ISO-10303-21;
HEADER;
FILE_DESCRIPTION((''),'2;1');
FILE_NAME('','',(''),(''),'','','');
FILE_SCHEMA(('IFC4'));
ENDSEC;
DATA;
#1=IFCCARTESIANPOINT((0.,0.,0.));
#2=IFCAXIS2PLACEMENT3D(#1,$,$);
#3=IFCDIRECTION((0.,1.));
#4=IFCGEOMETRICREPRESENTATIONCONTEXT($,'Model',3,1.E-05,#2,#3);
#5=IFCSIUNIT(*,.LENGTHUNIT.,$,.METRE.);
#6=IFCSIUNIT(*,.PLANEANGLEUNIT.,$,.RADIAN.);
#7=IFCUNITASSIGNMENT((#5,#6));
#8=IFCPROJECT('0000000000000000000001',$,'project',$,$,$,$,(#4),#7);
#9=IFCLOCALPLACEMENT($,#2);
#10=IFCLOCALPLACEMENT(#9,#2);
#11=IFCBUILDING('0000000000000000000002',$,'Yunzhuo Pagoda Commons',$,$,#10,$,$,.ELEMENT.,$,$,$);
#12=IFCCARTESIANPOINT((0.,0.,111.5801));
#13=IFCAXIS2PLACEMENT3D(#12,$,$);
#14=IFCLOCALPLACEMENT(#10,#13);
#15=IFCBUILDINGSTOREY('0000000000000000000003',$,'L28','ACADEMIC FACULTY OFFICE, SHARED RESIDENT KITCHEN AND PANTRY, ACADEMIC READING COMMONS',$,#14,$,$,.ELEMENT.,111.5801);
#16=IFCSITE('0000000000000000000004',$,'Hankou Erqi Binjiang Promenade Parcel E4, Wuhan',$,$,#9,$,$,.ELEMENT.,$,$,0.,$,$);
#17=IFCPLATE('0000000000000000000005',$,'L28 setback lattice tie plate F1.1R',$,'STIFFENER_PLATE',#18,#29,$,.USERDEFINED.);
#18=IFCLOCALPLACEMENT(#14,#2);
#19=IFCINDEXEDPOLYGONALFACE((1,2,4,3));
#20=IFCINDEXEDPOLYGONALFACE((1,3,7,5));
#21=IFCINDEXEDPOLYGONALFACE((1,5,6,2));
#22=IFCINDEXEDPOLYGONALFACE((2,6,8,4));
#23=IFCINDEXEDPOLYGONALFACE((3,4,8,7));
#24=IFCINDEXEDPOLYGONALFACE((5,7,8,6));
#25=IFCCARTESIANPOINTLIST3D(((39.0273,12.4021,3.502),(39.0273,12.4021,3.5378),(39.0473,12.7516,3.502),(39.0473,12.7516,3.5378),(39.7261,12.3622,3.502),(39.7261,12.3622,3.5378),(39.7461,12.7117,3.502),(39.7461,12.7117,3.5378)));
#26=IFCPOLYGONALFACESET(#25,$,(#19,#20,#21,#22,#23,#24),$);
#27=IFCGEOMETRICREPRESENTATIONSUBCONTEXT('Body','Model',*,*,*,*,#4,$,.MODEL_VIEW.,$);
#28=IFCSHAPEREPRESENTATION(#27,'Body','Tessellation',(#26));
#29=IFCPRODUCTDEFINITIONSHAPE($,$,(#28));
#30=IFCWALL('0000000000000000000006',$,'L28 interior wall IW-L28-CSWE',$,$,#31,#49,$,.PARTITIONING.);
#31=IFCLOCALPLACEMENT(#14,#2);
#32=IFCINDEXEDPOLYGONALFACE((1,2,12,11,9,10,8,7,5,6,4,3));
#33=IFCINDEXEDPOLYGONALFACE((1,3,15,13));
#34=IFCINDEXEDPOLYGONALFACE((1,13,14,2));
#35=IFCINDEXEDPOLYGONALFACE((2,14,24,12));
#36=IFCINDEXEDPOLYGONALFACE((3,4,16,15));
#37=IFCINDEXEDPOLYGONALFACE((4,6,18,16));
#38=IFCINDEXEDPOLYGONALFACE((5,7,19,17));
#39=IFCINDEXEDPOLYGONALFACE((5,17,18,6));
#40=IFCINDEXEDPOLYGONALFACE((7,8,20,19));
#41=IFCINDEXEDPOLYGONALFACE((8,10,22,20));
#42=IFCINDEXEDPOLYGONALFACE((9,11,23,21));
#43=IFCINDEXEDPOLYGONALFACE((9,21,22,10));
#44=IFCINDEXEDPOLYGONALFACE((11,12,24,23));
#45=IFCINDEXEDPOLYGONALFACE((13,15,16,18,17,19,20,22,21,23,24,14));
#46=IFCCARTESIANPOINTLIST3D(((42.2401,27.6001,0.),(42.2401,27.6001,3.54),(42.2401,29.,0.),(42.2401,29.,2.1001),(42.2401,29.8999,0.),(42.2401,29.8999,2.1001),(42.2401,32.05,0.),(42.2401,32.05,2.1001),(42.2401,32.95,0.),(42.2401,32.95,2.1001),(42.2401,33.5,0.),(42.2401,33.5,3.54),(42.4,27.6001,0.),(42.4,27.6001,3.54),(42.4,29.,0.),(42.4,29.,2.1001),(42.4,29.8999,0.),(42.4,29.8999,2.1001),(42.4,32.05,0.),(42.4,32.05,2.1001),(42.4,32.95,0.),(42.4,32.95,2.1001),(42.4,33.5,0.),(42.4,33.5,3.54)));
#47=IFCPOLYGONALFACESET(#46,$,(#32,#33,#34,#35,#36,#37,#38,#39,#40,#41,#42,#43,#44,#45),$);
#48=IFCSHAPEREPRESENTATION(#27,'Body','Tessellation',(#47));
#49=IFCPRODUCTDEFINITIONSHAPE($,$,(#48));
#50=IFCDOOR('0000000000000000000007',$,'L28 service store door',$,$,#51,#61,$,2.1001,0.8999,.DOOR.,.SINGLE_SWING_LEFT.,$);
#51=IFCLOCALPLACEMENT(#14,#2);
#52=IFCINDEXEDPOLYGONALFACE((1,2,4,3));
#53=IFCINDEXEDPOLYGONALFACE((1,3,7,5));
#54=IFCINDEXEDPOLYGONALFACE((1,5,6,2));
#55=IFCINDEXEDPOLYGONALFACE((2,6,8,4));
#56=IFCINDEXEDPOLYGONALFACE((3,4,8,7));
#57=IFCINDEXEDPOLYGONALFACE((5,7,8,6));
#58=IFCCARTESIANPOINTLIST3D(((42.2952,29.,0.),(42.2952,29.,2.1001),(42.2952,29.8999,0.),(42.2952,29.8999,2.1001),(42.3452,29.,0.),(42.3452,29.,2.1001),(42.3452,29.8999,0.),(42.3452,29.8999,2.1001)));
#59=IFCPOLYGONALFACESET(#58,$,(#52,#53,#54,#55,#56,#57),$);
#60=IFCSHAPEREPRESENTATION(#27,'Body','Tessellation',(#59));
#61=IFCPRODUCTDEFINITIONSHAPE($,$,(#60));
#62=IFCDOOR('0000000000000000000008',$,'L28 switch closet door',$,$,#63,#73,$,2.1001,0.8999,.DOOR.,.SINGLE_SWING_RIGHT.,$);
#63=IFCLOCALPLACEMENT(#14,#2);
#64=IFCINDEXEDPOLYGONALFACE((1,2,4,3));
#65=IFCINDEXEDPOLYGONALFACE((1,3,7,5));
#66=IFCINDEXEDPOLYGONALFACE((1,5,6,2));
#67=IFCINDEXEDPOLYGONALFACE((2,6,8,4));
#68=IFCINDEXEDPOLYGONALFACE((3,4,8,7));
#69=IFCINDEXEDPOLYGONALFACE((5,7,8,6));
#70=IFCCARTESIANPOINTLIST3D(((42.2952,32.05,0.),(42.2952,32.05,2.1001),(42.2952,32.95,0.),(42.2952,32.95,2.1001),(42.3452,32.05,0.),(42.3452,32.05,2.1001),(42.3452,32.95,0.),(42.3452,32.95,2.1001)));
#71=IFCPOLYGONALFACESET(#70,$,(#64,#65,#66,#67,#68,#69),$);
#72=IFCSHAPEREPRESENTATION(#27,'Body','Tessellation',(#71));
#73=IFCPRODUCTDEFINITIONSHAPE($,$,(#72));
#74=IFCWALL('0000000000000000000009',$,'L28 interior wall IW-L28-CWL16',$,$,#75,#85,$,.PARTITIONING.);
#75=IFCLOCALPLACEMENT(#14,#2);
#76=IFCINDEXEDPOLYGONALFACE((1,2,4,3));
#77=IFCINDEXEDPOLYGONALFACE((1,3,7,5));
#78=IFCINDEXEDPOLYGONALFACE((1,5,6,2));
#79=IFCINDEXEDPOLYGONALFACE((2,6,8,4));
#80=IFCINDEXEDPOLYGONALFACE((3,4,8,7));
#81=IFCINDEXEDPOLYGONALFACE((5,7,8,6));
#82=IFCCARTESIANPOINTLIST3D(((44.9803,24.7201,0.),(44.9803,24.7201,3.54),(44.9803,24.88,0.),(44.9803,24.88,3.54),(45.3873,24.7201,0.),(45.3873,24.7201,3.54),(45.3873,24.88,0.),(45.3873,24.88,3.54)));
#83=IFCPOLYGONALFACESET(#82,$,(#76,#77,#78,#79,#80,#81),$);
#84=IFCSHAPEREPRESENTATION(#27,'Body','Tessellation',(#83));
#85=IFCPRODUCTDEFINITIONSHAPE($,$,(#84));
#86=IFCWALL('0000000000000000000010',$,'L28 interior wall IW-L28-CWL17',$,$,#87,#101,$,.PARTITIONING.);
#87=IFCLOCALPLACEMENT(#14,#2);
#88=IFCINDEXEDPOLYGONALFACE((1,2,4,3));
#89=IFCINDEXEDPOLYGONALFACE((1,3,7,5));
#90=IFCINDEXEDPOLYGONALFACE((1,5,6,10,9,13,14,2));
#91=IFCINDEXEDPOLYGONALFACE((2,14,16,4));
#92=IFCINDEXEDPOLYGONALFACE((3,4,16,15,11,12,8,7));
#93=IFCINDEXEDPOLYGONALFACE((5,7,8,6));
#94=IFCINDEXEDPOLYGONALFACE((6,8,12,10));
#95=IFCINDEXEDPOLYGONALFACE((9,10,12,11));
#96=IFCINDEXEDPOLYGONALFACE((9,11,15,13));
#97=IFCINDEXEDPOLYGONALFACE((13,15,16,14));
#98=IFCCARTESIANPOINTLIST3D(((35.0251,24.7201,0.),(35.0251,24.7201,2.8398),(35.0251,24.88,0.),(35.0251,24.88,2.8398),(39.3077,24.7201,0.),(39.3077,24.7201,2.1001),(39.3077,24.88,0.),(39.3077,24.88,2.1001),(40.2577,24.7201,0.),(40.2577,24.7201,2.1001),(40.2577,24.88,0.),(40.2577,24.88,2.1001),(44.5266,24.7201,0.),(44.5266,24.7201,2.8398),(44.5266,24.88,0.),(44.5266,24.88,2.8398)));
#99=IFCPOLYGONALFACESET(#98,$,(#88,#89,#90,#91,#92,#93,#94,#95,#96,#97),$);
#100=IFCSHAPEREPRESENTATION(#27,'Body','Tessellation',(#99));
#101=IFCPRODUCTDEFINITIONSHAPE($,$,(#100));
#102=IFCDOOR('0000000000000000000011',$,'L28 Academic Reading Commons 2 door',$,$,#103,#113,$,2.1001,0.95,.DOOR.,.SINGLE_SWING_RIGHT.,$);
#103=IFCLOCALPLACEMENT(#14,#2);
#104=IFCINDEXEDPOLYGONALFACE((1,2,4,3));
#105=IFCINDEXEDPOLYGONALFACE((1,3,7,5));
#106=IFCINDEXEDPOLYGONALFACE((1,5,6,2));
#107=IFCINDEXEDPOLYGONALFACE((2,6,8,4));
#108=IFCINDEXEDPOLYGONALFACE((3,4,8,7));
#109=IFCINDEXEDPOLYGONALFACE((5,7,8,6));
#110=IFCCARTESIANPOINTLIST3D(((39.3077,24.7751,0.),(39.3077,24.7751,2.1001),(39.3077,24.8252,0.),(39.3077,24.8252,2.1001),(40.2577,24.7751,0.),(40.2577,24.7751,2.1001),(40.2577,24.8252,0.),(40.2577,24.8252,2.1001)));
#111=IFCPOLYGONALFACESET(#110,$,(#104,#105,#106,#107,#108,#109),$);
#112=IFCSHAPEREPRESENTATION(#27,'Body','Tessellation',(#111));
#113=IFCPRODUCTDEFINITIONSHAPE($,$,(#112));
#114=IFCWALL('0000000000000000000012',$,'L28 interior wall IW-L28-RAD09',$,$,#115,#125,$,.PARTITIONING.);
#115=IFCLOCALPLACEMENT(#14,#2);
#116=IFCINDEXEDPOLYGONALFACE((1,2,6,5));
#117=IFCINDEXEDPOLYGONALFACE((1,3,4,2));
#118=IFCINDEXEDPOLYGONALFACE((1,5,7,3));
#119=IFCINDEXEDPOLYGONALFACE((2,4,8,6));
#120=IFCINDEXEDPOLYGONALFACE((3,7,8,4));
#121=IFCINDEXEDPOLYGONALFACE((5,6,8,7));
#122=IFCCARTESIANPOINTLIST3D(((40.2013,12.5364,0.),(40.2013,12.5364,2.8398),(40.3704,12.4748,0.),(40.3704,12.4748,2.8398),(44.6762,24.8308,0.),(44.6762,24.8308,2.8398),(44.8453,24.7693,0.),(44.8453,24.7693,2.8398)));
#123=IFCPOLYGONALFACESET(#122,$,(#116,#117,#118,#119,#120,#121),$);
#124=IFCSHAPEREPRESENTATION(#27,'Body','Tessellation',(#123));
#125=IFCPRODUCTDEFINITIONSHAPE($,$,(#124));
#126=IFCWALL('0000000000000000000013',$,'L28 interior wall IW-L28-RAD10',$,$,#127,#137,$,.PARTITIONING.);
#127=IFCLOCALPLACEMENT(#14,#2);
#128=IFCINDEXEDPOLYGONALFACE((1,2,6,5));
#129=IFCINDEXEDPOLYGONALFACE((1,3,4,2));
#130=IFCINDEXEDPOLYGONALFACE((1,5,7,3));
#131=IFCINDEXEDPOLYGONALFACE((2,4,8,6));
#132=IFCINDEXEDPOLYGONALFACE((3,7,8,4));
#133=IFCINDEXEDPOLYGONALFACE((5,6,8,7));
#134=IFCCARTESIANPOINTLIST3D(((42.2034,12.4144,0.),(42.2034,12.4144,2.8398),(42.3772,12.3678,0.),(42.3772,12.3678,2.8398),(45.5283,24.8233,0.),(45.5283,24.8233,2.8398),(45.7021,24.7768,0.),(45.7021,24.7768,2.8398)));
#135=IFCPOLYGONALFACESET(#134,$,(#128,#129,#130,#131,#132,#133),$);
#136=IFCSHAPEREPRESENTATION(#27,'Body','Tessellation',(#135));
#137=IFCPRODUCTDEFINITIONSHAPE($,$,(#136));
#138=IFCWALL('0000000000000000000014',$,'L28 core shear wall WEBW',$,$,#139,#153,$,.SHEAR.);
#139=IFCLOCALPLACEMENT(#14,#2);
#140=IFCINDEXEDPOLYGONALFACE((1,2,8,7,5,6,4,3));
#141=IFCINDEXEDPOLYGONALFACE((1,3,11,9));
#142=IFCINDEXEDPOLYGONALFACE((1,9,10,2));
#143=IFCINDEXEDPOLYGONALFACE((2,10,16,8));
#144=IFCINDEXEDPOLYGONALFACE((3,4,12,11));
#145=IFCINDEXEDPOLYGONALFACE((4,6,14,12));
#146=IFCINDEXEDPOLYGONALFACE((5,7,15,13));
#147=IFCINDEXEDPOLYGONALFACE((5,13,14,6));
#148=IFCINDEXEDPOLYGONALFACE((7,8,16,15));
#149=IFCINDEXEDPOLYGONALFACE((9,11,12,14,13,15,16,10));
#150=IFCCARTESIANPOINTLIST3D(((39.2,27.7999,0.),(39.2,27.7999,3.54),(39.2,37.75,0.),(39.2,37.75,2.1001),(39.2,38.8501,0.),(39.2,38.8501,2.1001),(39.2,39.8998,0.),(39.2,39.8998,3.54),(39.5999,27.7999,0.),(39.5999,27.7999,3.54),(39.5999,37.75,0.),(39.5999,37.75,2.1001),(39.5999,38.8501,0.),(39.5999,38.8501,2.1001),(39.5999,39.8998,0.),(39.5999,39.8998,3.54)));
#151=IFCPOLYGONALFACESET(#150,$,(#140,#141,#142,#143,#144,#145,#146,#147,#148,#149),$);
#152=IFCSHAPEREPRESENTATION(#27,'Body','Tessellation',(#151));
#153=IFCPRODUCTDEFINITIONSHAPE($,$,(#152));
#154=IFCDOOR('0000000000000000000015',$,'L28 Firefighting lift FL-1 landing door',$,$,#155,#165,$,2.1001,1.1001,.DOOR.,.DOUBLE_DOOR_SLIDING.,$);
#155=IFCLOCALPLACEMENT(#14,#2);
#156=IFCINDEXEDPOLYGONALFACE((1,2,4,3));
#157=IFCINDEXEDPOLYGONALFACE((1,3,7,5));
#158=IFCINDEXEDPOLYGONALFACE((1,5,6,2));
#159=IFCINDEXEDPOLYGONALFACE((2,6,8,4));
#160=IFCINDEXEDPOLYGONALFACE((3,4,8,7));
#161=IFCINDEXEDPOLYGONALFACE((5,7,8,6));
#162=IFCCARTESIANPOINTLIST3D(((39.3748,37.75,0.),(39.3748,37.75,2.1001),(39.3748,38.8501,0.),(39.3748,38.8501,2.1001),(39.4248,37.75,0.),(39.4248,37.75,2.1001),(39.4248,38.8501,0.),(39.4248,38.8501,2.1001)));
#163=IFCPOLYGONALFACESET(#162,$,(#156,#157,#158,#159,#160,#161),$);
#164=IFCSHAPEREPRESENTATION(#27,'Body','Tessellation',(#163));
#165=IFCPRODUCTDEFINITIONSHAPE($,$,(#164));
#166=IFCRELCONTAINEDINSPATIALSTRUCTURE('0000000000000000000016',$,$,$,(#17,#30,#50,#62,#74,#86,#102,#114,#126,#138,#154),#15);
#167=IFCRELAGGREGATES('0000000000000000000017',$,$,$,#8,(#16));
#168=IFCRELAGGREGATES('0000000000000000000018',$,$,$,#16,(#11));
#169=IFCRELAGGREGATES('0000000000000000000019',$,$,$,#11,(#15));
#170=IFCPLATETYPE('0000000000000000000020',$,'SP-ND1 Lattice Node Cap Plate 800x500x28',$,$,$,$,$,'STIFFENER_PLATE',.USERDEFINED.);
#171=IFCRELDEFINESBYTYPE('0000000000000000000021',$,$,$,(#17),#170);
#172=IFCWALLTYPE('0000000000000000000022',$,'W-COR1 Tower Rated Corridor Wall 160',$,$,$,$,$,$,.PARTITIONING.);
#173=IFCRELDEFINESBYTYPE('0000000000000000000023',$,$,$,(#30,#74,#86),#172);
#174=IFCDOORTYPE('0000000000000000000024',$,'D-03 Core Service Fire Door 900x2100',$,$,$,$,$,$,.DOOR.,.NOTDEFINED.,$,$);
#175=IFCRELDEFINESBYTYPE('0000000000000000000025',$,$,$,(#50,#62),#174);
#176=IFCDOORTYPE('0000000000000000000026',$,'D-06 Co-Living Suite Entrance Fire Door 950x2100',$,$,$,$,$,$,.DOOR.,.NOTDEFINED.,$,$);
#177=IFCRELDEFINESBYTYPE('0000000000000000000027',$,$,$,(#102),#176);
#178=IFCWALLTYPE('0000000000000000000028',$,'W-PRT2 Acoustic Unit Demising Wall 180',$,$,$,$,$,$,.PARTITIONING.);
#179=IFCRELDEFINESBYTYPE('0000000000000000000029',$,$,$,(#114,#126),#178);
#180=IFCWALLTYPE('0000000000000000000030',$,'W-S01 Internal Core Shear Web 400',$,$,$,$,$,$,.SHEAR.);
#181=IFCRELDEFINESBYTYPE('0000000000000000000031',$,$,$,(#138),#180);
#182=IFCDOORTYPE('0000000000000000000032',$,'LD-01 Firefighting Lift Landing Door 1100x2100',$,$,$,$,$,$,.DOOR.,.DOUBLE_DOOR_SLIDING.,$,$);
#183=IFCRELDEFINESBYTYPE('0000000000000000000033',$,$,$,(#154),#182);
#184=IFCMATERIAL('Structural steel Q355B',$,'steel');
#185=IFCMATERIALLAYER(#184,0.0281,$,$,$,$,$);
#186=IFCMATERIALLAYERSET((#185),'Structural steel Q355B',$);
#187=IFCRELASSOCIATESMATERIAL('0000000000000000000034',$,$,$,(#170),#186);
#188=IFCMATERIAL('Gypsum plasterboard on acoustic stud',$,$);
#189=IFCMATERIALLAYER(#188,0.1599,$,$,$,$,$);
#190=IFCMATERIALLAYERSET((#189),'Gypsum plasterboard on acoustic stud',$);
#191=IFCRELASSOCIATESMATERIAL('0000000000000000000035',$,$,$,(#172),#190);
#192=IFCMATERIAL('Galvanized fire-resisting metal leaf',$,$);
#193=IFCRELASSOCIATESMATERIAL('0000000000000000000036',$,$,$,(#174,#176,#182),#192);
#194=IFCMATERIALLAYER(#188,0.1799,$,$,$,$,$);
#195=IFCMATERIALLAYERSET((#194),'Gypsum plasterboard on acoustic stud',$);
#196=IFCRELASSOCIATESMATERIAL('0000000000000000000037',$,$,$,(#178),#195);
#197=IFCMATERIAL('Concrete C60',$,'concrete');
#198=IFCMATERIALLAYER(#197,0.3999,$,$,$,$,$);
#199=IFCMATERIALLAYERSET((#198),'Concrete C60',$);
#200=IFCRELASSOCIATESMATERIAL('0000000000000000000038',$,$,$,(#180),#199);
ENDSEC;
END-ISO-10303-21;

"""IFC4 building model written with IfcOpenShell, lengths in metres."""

from ifc_helpers import new_model, si_unit, direction, frame, frame_2d, origin, origin_with_axes, origin_2d, place, context, subcontext, project, spatial, rectangle, extrude, source, transform, mapped, material, layer, layer_set, type_object, element, fill, save


model = new_model("IFC4")

# Units and contexts
model_context = context("Model", 3, precision=1e-05, world=origin(), true_north=direction((0.0, 1.0)))
body_context = subcontext(model_context, "Body", "Model", "MODEL_VIEW")
ifc_project = project(units=[si_unit("LENGTHUNIT", "METRE"), si_unit("PLANEANGLEUNIT", "RADIAN")], contexts=[model_context])

# Site, building, storey
site_placement = place(None, origin())
site = spatial("IfcSite", under=ifc_project, at=site_placement, Name="Hankou Erqi Binjiang Promenade Parcel E4, Wuhan", CompositionType="ELEMENT", RefElevation=0.0)
building_placement = place(site_placement, origin())
building = spatial("IfcBuilding", under=site, at=building_placement, Name="Yunzhuo Pagoda Commons", CompositionType="ELEMENT")
storey_placement = place(building_placement, frame((0.0, 0.0, 111.5801)))
storey = spatial("IfcBuildingStorey", under=building, at=storey_placement, Name="L28", Description="ACADEMIC FACULTY OFFICE, SHARED RESIDENT KITCHEN AND PANTRY, ACADEMIC READING COMMONS", CompositionType="ELEMENT", Elevation=111.5801)

# Shared definitions
ifc_material_1 = material(Name="Structural steel Q355B", Category="steel")

# Plate
ifc_layer_1 = layer(ifc_material_1, 0.0281)
ifc_layer_set_1 = layer_set([ifc_layer_1], Name="Structural steel Q355B")
plate_type_1 = type_object("IfcPlateType", Name="SP-ND1 Lattice Node Cap Plate 800x500x28", ElementType="STIFFENER_PLATE", PredefinedType="USERDEFINED", material=ifc_layer_set_1)
shared_shape_1 = source(origin(), body_context, "Body", "SweptSolid", [
    extrude(rectangle(XDim=0.7, YDim=0.3501, at=origin_2d()), origin(), (0.0, 0.0, 1.0), 0.0359),
])
plate_1_placement = place(storey_placement, frame((39.3867, 12.5569, 3.502), z_axis=(0.0, 0.0, 1.0), x_axis=(0.998373, -0.057024, 0.0)))
element("IfcPlate", 1, at=plate_1_placement, inside=storey, type_object=plate_type_1, Name="L28 setback lattice tie plate F1.1R", ObjectType="STIFFENER_PLATE", PredefinedType="USERDEFINED", context=body_context, shape_type="MappedRepresentation", body=[
    mapped(shared_shape_1, transform((0.0, 0.0, 0.0), scale=1.0)),
])

# Wall, openings, doors
ifc_material_2 = material(Name="Gypsum plasterboard on acoustic stud")
ifc_layer_2 = layer(ifc_material_2, 0.1599)
ifc_layer_set_2 = layer_set([ifc_layer_2], Name="Gypsum plasterboard on acoustic stud")
wall_type_1 = type_object("IfcWallType", Name="W-COR1 Tower Rated Corridor Wall 160", PredefinedType="PARTITIONING", material=ifc_layer_set_2)
wall_1_placement = place(storey_placement, frame((42.3201, 27.6001, 0.0), z_axis=(0.0, 0.0, 1.0), x_axis=(0.0, 1.0, 0.0)))
wall_1 = element("IfcWall", 2, at=wall_1_placement, inside=storey, type_object=wall_type_1, Name="L28 interior wall IW-L28-CSWE", PredefinedType="PARTITIONING", context=body_context, shape_type="SweptSolid", body=[
    extrude(rectangle(XDim=5.8999, YDim=0.1599, at=frame_2d((2.95, 0.0))), origin(), (0.0, 0.0, 1.0), 3.54),
])
opening_1_placement = place(wall_1_placement, frame((1.3999, 0.0, 0.0)))
opening_1 = element("IfcOpeningElement", 3, at=opening_1_placement, cuts=wall_1, PredefinedType="OPENING", context=body_context, shape_type="SweptSolid", body=[
    extrude(rectangle(XDim=0.8999, YDim=2.1001, at=frame_2d((0.45, 1.05))), frame((0.0, 0.0898, 0.0), z_axis=(0.0, -1.0, 0.0), x_axis=(1.0, 0.0, 0.0)), (0.0, 0.0, 1.0), 0.1799),
])
opening_2_placement = place(wall_1_placement, frame((4.45, 0.0, 0.0)))
opening_2 = element("IfcOpeningElement", 4, at=opening_2_placement, cuts=wall_1, PredefinedType="OPENING", context=body_context, shape_type="SweptSolid", body=[
    extrude(rectangle(XDim=0.8999, YDim=2.1001, at=frame_2d((0.45, 1.05))), frame((0.0, 0.0898, 0.0), z_axis=(0.0, -1.0, 0.0), x_axis=(1.0, 0.0, 0.0)), (0.0, 0.0, 1.0), 0.1799),
])
ifc_material_3 = material(Name="Galvanized fire-resisting metal leaf")
door_type_1 = type_object("IfcDoorType", Name="D-03 Core Service Fire Door 900x2100", OperationType="NOTDEFINED", PredefinedType="DOOR", material=ifc_material_3)
shared_shape_2 = source(origin(), body_context, "Body", "SweptSolid", [
    extrude(rectangle(XDim=0.8999, YDim=2.1001, at=frame_2d((0.45, 1.05))), frame((0.0, 0.0249, 0.0), z_axis=(0.0, -1.0, 0.0), x_axis=(1.0, 0.0, 0.0)), (0.0, 0.0, 1.0), 0.05),
])
door_1_placement = place(opening_1_placement, origin_with_axes())
door_1 = element("IfcDoor", 5, at=door_1_placement, inside=storey, type_object=door_type_1, Name="L28 service store door", OperationType="SINGLE_SWING_LEFT", OverallHeight=2.1001, OverallWidth=0.8999, PredefinedType="DOOR", context=body_context, shape_type="MappedRepresentation", body=[
    mapped(shared_shape_2, transform((0.0, 0.0, 0.0), scale=1.0)),
])
fill(opening_1, door_1)
door_2_placement = place(opening_2_placement, origin_with_axes())
door_2 = element("IfcDoor", 6, at=door_2_placement, inside=storey, type_object=door_type_1, Name="L28 switch closet door", OperationType="SINGLE_SWING_RIGHT", OverallHeight=2.1001, OverallWidth=0.8999, PredefinedType="DOOR", context=body_context, shape_type="MappedRepresentation", body=[
    mapped(shared_shape_2, transform((0.0, 0.0, 0.0), scale=1.0)),
])
fill(opening_2, door_2)

# Wall
wall_2_placement = place(storey_placement, frame((45.3875, 24.8, 0.0), z_axis=(0.0, 0.0, 1.0), x_axis=(-1.0, 0.0, 0.0)))
element("IfcWall", 7, at=wall_2_placement, inside=storey, type_object=wall_type_1, Name="L28 interior wall IW-L28-CWL16", PredefinedType="PARTITIONING", context=body_context, shape_type="SweptSolid", body=[
    extrude(rectangle(XDim=0.407, YDim=0.1599, at=frame_2d((0.2036, 0.0))), origin(), (0.0, 0.0, 1.0), 3.54),
])

# Wall, opening, door
wall_3_placement = place(storey_placement, frame((44.5266, 24.8, 0.0), z_axis=(0.0, 0.0, 1.0), x_axis=(-1.0, 0.0, 0.0)))
wall_3 = element("IfcWall", 8, at=wall_3_placement, inside=storey, type_object=wall_type_1, Name="L28 interior wall IW-L28-CWL17", PredefinedType="PARTITIONING", context=body_context, shape_type="SweptSolid", body=[
    extrude(rectangle(XDim=9.5015, YDim=0.1599, at=frame_2d((4.7507, 0.0))), origin(), (0.0, 0.0, 1.0), 2.8398),
])
opening_3_placement = place(wall_3_placement, frame((4.2688, 0.0, 0.0)))
opening_3 = element("IfcOpeningElement", 9, at=opening_3_placement, cuts=wall_3, PredefinedType="OPENING", context=body_context, shape_type="SweptSolid", body=[
    extrude(rectangle(XDim=0.95, YDim=2.1001, at=frame_2d((0.4751, 1.05))), frame((0.0, 0.0898, 0.0), z_axis=(0.0, -1.0, 0.0), x_axis=(1.0, 0.0, 0.0)), (0.0, 0.0, 1.0), 0.1799),
])
door_type_2 = type_object("IfcDoorType", Name="D-06 Co-Living Suite Entrance Fire Door 950x2100", OperationType="NOTDEFINED", PredefinedType="DOOR", material=ifc_material_3)
shared_shape_3 = source(origin(), body_context, "Body", "SweptSolid", [
    extrude(rectangle(XDim=0.95, YDim=2.1001, at=frame_2d((0.4751, 1.05))), frame((0.0, 0.0249, 0.0), z_axis=(0.0, -1.0, 0.0), x_axis=(1.0, 0.0, 0.0)), (0.0, 0.0, 1.0), 0.05),
])
door_3_placement = place(opening_3_placement, origin_with_axes())
door_3 = element("IfcDoor", 10, at=door_3_placement, inside=storey, type_object=door_type_2, Name="L28 Academic Reading Commons 2 door", OperationType="SINGLE_SWING_RIGHT", OverallHeight=2.1001, OverallWidth=0.95, PredefinedType="DOOR", context=body_context, shape_type="MappedRepresentation", body=[
    mapped(shared_shape_3, transform((0.0, 0.0, 0.0), scale=1.0)),
])
fill(opening_3, door_3)

# Walls
ifc_layer_3 = layer(ifc_material_2, 0.1799)
ifc_layer_set_3 = layer_set([ifc_layer_3], Name="Gypsum plasterboard on acoustic stud")
wall_type_2 = type_object("IfcWallType", Name="W-PRT2 Acoustic Unit Demising Wall 180", PredefinedType="PARTITIONING", material=ifc_layer_set_3)
wall_4_placement = place(storey_placement, frame((44.7607, 24.8, 0.0), z_axis=(0.0, 0.0, 1.0), x_axis=(-0.342023, -0.939691, 0.0)))
element("IfcWall", 11, at=wall_4_placement, inside=storey, type_object=wall_type_2, Name="L28 interior wall IW-L28-RAD09", PredefinedType="PARTITIONING", context=body_context, shape_type="SweptSolid", body=[
    extrude(rectangle(XDim=13.0835, YDim=0.1799, at=frame_2d((6.5417, 0.0))), origin(), (0.0, 0.0, 1.0), 2.8398),
])
wall_5_placement = place(storey_placement, frame((45.6152, 24.8, 0.0), z_axis=(0.0, 0.0, 1.0), x_axis=(-0.258818, -0.965926, 0.0)))
element("IfcWall", 12, at=wall_5_placement, inside=storey, type_object=wall_type_2, Name="L28 interior wall IW-L28-RAD10", PredefinedType="PARTITIONING", context=body_context, shape_type="SweptSolid", body=[
    extrude(rectangle(XDim=12.8467, YDim=0.1799, at=frame_2d((6.4233, 0.0))), origin(), (0.0, 0.0, 1.0), 2.8398),
])

# Wall, opening, door
ifc_material_4 = material(Name="Concrete C60", Category="concrete")
ifc_layer_4 = layer(ifc_material_4, 0.3999)
ifc_layer_set_4 = layer_set([ifc_layer_4], Name="Concrete C60")
wall_type_3 = type_object("IfcWallType", Name="W-S01 Internal Core Shear Web 400", PredefinedType="SHEAR", material=ifc_layer_set_4)
wall_6_placement = place(storey_placement, frame((39.3999, 27.8, 0.0), z_axis=(0.0, 0.0, 1.0), x_axis=(0.0, 1.0, 0.0)))
wall_6 = element("IfcWall", 13, at=wall_6_placement, inside=storey, type_object=wall_type_3, Name="L28 core shear wall WEBW", PredefinedType="SHEAR", context=body_context, shape_type="SweptSolid", body=[
    extrude(rectangle(XDim=12.0999, YDim=0.3999, at=frame_2d((6.0498, 0.0))), origin(), (0.0, 0.0, 1.0), 3.54),
])
opening_4_placement = place(wall_6_placement, frame((9.95, 0.0, 0.0)))
opening_4 = element("IfcOpeningElement", 14, at=opening_4_placement, cuts=wall_6, PredefinedType="OPENING", context=body_context, shape_type="SweptSolid", body=[
    extrude(rectangle(XDim=1.1001, YDim=2.1001, at=frame_2d((0.55, 1.05))), frame((0.0, 0.21, 0.0), z_axis=(0.0, -1.0, 0.0), x_axis=(1.0, 0.0, 0.0)), (0.0, 0.0, 1.0), 0.4199),
])
door_type_3 = type_object("IfcDoorType", Name="LD-01 Firefighting Lift Landing Door 1100x2100", OperationType="DOUBLE_DOOR_SLIDING", PredefinedType="DOOR", material=ifc_material_3)
shared_shape_4 = source(origin(), body_context, "Body", "SweptSolid", [
    extrude(rectangle(XDim=1.1001, YDim=2.1001, at=frame_2d((0.55, 1.05))), frame((0.0, 0.0249, 0.0), z_axis=(0.0, -1.0, 0.0), x_axis=(1.0, 0.0, 0.0)), (0.0, 0.0, 1.0), 0.05),
])
door_4_placement = place(opening_4_placement, frame((1.1001, 0.0, 0.0), z_axis=(0.0, 0.0, 1.0), x_axis=(-1.0, 0.0, 0.0)))
door_4 = element("IfcDoor", 15, at=door_4_placement, inside=storey, type_object=door_type_3, Name="L28 Firefighting lift FL-1 landing door", OperationType="DOUBLE_DOOR_SLIDING", OverallHeight=2.1001, OverallWidth=1.1001, PredefinedType="DOOR", context=body_context, shape_type="MappedRepresentation", body=[
    mapped(shared_shape_4, transform((0.0, 0.0, 0.0), scale=1.0)),
])
fill(opening_4, door_4)

save(model, "model.ifc")
